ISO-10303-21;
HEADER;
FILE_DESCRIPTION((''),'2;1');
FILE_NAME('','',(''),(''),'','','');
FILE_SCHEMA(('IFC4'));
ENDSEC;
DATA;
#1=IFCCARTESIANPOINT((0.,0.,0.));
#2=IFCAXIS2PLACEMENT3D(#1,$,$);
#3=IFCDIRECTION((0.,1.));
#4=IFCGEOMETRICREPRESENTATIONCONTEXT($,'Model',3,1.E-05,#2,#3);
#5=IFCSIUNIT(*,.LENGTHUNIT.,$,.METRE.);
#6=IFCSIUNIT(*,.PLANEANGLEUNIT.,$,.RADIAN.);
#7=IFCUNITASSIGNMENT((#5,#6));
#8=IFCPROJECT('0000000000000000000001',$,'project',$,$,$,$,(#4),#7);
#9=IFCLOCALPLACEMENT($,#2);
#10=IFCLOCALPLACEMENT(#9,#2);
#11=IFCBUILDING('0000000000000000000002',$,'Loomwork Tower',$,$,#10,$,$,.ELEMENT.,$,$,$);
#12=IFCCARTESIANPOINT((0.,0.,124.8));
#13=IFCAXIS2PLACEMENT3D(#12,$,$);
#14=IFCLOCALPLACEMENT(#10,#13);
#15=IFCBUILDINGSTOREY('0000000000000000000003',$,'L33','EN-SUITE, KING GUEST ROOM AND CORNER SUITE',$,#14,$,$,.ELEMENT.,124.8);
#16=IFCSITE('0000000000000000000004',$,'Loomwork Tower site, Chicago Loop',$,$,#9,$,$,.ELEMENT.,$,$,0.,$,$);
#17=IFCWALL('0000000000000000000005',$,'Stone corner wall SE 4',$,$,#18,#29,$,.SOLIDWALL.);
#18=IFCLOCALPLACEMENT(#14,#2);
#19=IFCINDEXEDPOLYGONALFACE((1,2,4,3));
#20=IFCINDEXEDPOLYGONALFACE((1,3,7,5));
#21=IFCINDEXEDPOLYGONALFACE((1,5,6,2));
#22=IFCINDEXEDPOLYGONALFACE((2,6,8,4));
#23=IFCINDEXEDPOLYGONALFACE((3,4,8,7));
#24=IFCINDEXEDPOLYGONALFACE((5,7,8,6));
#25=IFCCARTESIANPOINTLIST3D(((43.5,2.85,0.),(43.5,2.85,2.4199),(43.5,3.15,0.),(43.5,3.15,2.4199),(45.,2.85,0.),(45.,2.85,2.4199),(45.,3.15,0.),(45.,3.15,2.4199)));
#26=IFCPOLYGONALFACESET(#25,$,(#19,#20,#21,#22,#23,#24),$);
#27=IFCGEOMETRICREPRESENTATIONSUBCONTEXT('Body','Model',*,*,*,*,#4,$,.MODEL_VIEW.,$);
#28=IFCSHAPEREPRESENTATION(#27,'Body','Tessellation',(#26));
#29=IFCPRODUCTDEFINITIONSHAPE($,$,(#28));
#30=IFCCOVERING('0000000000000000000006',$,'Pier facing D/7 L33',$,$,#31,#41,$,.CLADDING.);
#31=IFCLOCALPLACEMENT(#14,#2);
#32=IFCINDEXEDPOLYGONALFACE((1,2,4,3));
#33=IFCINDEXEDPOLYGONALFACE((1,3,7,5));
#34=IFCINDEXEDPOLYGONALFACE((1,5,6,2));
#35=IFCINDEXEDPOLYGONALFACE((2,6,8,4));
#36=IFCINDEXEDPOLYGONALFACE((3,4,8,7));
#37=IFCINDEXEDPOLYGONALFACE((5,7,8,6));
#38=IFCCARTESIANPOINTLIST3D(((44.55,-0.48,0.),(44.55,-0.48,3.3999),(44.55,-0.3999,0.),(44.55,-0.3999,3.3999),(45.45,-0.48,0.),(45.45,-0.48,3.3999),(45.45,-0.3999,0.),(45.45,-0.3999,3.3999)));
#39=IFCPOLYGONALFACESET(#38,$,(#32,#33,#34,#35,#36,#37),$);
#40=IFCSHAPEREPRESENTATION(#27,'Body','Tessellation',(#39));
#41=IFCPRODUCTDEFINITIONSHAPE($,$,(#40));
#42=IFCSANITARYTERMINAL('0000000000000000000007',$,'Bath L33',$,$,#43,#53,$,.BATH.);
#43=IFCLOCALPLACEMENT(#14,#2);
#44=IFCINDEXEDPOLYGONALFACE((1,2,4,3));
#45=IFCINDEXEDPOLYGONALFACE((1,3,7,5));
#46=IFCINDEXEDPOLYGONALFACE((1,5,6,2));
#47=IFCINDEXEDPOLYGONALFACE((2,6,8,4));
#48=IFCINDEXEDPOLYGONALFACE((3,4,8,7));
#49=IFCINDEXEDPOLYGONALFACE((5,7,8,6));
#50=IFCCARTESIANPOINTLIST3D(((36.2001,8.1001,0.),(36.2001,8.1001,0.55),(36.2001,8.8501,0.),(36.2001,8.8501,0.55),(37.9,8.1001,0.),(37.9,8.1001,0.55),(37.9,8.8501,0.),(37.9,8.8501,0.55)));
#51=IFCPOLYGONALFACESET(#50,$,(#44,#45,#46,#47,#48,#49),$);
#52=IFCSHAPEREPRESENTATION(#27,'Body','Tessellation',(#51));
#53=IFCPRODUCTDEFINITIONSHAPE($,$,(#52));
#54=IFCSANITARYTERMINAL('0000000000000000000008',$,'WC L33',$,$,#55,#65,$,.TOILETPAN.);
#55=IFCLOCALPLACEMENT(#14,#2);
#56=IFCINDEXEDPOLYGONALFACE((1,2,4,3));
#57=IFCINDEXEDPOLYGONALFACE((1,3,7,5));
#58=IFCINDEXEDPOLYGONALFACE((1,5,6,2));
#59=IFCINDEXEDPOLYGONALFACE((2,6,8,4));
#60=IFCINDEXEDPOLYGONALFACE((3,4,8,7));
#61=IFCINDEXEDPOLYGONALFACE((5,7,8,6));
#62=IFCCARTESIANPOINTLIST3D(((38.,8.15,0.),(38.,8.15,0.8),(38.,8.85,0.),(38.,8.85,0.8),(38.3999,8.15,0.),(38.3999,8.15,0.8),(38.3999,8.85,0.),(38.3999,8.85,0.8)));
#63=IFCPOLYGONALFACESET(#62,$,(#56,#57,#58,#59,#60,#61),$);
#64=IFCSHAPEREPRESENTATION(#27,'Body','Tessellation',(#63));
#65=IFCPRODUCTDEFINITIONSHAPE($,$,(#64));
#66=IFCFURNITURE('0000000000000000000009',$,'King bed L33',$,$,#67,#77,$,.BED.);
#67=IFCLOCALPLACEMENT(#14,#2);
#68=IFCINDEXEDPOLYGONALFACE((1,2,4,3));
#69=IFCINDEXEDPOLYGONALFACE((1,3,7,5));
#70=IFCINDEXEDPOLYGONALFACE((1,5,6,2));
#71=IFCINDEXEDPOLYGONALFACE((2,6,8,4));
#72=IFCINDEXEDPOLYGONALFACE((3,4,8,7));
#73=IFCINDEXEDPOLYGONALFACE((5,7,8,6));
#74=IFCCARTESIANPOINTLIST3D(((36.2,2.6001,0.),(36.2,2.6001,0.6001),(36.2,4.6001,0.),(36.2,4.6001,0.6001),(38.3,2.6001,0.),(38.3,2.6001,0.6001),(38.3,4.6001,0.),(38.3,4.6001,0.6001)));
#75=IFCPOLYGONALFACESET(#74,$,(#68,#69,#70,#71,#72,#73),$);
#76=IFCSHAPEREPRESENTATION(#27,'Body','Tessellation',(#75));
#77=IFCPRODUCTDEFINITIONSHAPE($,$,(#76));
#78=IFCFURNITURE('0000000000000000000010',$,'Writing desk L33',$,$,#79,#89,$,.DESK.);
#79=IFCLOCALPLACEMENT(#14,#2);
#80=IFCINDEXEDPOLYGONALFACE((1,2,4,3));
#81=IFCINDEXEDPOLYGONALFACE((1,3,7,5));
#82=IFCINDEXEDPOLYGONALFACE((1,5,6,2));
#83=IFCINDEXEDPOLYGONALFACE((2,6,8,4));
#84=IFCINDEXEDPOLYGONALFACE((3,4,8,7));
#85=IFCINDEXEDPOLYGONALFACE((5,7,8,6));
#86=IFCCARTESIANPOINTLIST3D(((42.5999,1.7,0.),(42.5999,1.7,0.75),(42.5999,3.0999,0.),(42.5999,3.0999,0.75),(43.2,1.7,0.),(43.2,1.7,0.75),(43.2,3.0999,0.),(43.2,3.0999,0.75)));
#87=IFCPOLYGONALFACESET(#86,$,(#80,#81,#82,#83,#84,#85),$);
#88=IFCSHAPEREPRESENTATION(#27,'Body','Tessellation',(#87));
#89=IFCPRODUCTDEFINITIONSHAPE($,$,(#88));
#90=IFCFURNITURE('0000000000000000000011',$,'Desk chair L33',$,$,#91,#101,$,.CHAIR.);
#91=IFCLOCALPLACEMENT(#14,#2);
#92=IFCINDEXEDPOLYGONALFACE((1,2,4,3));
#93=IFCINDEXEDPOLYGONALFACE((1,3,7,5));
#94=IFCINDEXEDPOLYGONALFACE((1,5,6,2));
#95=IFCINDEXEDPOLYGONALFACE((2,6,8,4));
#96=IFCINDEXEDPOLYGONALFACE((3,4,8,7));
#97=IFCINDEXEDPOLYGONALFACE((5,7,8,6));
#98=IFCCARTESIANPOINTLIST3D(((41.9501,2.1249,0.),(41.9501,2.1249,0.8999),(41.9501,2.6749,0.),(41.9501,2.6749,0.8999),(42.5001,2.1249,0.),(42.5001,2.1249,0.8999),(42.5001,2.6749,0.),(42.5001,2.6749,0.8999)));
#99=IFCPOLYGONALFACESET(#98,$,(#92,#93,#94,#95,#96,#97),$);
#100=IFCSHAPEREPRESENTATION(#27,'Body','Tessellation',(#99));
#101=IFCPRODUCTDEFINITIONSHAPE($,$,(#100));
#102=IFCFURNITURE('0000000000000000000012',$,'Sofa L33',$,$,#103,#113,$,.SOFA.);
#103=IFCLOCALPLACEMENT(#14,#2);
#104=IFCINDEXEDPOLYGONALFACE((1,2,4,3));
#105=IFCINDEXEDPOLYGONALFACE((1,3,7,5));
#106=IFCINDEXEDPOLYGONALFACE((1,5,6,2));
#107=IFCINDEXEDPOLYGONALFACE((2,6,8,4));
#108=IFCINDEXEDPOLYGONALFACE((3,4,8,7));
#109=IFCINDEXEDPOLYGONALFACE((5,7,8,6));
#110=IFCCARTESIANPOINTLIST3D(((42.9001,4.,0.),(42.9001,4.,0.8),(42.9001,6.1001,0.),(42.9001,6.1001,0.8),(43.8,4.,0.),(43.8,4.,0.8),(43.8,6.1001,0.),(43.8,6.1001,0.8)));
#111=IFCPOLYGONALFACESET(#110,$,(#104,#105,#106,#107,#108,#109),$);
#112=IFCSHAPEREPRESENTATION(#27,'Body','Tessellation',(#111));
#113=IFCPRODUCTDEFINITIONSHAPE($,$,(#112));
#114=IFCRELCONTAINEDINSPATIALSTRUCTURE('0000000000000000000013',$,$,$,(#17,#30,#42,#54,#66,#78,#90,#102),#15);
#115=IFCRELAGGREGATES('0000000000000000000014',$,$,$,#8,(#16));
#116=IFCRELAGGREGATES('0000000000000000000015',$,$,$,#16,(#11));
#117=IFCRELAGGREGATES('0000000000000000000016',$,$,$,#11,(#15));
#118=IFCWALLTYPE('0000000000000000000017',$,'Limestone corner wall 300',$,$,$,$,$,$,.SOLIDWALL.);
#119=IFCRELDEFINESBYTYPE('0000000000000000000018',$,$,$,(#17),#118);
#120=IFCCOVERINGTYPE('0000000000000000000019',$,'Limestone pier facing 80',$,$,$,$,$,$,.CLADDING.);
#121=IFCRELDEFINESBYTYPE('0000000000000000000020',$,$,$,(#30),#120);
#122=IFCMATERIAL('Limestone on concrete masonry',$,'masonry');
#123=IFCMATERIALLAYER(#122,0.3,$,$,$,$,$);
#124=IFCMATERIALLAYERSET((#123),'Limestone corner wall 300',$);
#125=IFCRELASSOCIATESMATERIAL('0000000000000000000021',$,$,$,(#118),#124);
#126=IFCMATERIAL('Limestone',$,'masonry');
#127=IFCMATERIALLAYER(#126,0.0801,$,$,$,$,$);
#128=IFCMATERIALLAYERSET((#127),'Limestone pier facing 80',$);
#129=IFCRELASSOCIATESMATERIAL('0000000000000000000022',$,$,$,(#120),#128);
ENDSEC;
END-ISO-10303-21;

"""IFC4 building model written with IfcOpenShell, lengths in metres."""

from ifc_helpers import new_model, si_unit, direction, frame, frame_2d, origin, origin_2d, place, context, subcontext, project, spatial, rectangle, extrude, material, layer, layer_set, type_object, element, save


model = new_model("IFC4")

# Units and contexts
model_context = context("Model", 3, precision=1e-05, world=origin(), true_north=direction((0.0, 1.0)))
body_context = subcontext(model_context, "Body", "Model", "MODEL_VIEW")
ifc_project = project(units=[si_unit("LENGTHUNIT", "METRE"), si_unit("PLANEANGLEUNIT", "RADIAN")], contexts=[model_context])

# Site, building, storey
site_placement = place(None, origin())
site = spatial("IfcSite", under=ifc_project, at=site_placement, Name="Loomwork Tower site, Chicago Loop", CompositionType="ELEMENT", RefElevation=0.0)
building_placement = place(site_placement, origin())
building = spatial("IfcBuilding", under=site, at=building_placement, Name="Loomwork Tower", CompositionType="ELEMENT")
storey_placement = place(building_placement, frame((0.0, 0.0, 124.8)))
storey = spatial("IfcBuildingStorey", under=building, at=storey_placement, Name="L33", Description="EN-SUITE, KING GUEST ROOM AND CORNER SUITE", CompositionType="ELEMENT", Elevation=124.8)

# Shared definitions
ifc_material_1 = material(Name="Limestone on concrete masonry", Category="masonry")
ifc_layer_1 = layer(ifc_material_1, 0.3)
ifc_layer_set_1 = layer_set([ifc_layer_1], Name="Limestone corner wall 300")
wall_type_1 = type_object("IfcWallType", Name="Limestone corner wall 300", PredefinedType="SOLIDWALL", material=ifc_layer_set_1)

# Wall
wall_1_placement = place(storey_placement, frame((43.5, 3.0, 0.0), z_axis=(0.0, 0.0, 1.0), x_axis=(1.0, 0.0, 0.0)))
element("IfcWall", 1, at=wall_1_placement, inside=storey, type_object=wall_type_1, Name="Stone corner wall SE 4", PredefinedType="SOLIDWALL", context=body_context, shape_type="SweptSolid", body=[
    extrude(rectangle(XDim=1.5, YDim=0.3, at=frame_2d((0.75, 0.0))), origin(), (0.0, 0.0, 1.0), 2.4199),
])

# Covering
ifc_material_2 = material(Name="Limestone", Category="masonry")
ifc_layer_2 = layer(ifc_material_2, 0.0801)
ifc_layer_set_2 = layer_set([ifc_layer_2], Name="Limestone pier facing 80")
covering_type = type_object("IfcCoveringType", Name="Limestone pier facing 80", PredefinedType="CLADDING", material=ifc_layer_set_2)
covering_placement = place(storey_placement, frame((45.0, -0.4399, 0.0), z_axis=(0.0, 0.0, 1.0), x_axis=(1.0, 0.0, 0.0)))
element("IfcCovering", 2, at=covering_placement, inside=storey, type_object=covering_type, Name="Pier facing D/7 L33", PredefinedType="CLADDING", context=body_context, shape_type="SweptSolid", body=[
    extrude(rectangle(XDim=0.8999, YDim=0.0801, at=origin_2d()), origin(), (0.0, 0.0, 1.0), 3.3999),
])

# Sanitary terminals
sanitary_terminal_1_placement = place(storey_placement, frame((37.05, 8.4751, 0.0), z_axis=(0.0, 0.0, 1.0), x_axis=(1.0, 0.0, 0.0)))
element("IfcSanitaryTerminal", 3, at=sanitary_terminal_1_placement, inside=storey, Name="Bath L33", PredefinedType="BATH", context=body_context, shape_type="SweptSolid", body=[
    extrude(rectangle(XDim=1.7, YDim=0.75, at=origin_2d()), origin(), (0.0, 0.0, 1.0), 0.55),
])
sanitary_terminal_2_placement = place(storey_placement, frame((38.2, 8.5, 0.0), z_axis=(0.0, 0.0, 1.0), x_axis=(1.0, 0.0, 0.0)))
element("IfcSanitaryTerminal", 4, at=sanitary_terminal_2_placement, inside=storey, Name="WC L33", PredefinedType="TOILETPAN", context=body_context, shape_type="SweptSolid", body=[
    extrude(rectangle(XDim=0.3999, YDim=0.7, at=origin_2d()), origin(), (0.0, 0.0, 1.0), 0.8),
])

# Furniture
furniture_1_placement = place(storey_placement, frame((37.25, 3.6001, 0.0), z_axis=(0.0, 0.0, 1.0), x_axis=(1.0, 0.0, 0.0)))
element("IfcFurniture", 5, at=furniture_1_placement, inside=storey, Name="King bed L33", PredefinedType="BED", context=body_context, shape_type="SweptSolid", body=[
    extrude(rectangle(XDim=2.1001, YDim=2.0, at=origin_2d()), origin(), (0.0, 0.0, 1.0), 0.6001),
])
furniture_2_placement = place(storey_placement, frame((42.8999, 2.3999, 0.0), z_axis=(0.0, 0.0, 1.0), x_axis=(1.0, 0.0, 0.0)))
element("IfcFurniture", 6, at=furniture_2_placement, inside=storey, Name="Writing desk L33", PredefinedType="DESK", context=body_context, shape_type="SweptSolid", body=[
    extrude(rectangle(XDim=0.6001, YDim=1.3999, at=origin_2d()), origin(), (0.0, 0.0, 1.0), 0.75),
])
furniture_3_placement = place(storey_placement, frame((42.2251, 2.3999, 0.0), z_axis=(0.0, 0.0, 1.0), x_axis=(1.0, 0.0, 0.0)))
element("IfcFurniture", 7, at=furniture_3_placement, inside=storey, Name="Desk chair L33", PredefinedType="CHAIR", context=body_context, shape_type="SweptSolid", body=[
    extrude(rectangle(XDim=0.55, YDim=0.55, at=origin_2d()), origin(), (0.0, 0.0, 1.0), 0.8999),
])
furniture_4_placement = place(storey_placement, frame((43.3501, 5.05, 0.0), z_axis=(0.0, 0.0, 1.0), x_axis=(1.0, 0.0, 0.0)))
element("IfcFurniture", 8, at=furniture_4_placement, inside=storey, Name="Sofa L33", PredefinedType="SOFA", context=body_context, shape_type="SweptSolid", body=[
    extrude(rectangle(XDim=0.8999, YDim=2.1001, at=origin_2d()), origin(), (0.0, 0.0, 1.0), 0.8),
])

save(model, "model.ifc")
